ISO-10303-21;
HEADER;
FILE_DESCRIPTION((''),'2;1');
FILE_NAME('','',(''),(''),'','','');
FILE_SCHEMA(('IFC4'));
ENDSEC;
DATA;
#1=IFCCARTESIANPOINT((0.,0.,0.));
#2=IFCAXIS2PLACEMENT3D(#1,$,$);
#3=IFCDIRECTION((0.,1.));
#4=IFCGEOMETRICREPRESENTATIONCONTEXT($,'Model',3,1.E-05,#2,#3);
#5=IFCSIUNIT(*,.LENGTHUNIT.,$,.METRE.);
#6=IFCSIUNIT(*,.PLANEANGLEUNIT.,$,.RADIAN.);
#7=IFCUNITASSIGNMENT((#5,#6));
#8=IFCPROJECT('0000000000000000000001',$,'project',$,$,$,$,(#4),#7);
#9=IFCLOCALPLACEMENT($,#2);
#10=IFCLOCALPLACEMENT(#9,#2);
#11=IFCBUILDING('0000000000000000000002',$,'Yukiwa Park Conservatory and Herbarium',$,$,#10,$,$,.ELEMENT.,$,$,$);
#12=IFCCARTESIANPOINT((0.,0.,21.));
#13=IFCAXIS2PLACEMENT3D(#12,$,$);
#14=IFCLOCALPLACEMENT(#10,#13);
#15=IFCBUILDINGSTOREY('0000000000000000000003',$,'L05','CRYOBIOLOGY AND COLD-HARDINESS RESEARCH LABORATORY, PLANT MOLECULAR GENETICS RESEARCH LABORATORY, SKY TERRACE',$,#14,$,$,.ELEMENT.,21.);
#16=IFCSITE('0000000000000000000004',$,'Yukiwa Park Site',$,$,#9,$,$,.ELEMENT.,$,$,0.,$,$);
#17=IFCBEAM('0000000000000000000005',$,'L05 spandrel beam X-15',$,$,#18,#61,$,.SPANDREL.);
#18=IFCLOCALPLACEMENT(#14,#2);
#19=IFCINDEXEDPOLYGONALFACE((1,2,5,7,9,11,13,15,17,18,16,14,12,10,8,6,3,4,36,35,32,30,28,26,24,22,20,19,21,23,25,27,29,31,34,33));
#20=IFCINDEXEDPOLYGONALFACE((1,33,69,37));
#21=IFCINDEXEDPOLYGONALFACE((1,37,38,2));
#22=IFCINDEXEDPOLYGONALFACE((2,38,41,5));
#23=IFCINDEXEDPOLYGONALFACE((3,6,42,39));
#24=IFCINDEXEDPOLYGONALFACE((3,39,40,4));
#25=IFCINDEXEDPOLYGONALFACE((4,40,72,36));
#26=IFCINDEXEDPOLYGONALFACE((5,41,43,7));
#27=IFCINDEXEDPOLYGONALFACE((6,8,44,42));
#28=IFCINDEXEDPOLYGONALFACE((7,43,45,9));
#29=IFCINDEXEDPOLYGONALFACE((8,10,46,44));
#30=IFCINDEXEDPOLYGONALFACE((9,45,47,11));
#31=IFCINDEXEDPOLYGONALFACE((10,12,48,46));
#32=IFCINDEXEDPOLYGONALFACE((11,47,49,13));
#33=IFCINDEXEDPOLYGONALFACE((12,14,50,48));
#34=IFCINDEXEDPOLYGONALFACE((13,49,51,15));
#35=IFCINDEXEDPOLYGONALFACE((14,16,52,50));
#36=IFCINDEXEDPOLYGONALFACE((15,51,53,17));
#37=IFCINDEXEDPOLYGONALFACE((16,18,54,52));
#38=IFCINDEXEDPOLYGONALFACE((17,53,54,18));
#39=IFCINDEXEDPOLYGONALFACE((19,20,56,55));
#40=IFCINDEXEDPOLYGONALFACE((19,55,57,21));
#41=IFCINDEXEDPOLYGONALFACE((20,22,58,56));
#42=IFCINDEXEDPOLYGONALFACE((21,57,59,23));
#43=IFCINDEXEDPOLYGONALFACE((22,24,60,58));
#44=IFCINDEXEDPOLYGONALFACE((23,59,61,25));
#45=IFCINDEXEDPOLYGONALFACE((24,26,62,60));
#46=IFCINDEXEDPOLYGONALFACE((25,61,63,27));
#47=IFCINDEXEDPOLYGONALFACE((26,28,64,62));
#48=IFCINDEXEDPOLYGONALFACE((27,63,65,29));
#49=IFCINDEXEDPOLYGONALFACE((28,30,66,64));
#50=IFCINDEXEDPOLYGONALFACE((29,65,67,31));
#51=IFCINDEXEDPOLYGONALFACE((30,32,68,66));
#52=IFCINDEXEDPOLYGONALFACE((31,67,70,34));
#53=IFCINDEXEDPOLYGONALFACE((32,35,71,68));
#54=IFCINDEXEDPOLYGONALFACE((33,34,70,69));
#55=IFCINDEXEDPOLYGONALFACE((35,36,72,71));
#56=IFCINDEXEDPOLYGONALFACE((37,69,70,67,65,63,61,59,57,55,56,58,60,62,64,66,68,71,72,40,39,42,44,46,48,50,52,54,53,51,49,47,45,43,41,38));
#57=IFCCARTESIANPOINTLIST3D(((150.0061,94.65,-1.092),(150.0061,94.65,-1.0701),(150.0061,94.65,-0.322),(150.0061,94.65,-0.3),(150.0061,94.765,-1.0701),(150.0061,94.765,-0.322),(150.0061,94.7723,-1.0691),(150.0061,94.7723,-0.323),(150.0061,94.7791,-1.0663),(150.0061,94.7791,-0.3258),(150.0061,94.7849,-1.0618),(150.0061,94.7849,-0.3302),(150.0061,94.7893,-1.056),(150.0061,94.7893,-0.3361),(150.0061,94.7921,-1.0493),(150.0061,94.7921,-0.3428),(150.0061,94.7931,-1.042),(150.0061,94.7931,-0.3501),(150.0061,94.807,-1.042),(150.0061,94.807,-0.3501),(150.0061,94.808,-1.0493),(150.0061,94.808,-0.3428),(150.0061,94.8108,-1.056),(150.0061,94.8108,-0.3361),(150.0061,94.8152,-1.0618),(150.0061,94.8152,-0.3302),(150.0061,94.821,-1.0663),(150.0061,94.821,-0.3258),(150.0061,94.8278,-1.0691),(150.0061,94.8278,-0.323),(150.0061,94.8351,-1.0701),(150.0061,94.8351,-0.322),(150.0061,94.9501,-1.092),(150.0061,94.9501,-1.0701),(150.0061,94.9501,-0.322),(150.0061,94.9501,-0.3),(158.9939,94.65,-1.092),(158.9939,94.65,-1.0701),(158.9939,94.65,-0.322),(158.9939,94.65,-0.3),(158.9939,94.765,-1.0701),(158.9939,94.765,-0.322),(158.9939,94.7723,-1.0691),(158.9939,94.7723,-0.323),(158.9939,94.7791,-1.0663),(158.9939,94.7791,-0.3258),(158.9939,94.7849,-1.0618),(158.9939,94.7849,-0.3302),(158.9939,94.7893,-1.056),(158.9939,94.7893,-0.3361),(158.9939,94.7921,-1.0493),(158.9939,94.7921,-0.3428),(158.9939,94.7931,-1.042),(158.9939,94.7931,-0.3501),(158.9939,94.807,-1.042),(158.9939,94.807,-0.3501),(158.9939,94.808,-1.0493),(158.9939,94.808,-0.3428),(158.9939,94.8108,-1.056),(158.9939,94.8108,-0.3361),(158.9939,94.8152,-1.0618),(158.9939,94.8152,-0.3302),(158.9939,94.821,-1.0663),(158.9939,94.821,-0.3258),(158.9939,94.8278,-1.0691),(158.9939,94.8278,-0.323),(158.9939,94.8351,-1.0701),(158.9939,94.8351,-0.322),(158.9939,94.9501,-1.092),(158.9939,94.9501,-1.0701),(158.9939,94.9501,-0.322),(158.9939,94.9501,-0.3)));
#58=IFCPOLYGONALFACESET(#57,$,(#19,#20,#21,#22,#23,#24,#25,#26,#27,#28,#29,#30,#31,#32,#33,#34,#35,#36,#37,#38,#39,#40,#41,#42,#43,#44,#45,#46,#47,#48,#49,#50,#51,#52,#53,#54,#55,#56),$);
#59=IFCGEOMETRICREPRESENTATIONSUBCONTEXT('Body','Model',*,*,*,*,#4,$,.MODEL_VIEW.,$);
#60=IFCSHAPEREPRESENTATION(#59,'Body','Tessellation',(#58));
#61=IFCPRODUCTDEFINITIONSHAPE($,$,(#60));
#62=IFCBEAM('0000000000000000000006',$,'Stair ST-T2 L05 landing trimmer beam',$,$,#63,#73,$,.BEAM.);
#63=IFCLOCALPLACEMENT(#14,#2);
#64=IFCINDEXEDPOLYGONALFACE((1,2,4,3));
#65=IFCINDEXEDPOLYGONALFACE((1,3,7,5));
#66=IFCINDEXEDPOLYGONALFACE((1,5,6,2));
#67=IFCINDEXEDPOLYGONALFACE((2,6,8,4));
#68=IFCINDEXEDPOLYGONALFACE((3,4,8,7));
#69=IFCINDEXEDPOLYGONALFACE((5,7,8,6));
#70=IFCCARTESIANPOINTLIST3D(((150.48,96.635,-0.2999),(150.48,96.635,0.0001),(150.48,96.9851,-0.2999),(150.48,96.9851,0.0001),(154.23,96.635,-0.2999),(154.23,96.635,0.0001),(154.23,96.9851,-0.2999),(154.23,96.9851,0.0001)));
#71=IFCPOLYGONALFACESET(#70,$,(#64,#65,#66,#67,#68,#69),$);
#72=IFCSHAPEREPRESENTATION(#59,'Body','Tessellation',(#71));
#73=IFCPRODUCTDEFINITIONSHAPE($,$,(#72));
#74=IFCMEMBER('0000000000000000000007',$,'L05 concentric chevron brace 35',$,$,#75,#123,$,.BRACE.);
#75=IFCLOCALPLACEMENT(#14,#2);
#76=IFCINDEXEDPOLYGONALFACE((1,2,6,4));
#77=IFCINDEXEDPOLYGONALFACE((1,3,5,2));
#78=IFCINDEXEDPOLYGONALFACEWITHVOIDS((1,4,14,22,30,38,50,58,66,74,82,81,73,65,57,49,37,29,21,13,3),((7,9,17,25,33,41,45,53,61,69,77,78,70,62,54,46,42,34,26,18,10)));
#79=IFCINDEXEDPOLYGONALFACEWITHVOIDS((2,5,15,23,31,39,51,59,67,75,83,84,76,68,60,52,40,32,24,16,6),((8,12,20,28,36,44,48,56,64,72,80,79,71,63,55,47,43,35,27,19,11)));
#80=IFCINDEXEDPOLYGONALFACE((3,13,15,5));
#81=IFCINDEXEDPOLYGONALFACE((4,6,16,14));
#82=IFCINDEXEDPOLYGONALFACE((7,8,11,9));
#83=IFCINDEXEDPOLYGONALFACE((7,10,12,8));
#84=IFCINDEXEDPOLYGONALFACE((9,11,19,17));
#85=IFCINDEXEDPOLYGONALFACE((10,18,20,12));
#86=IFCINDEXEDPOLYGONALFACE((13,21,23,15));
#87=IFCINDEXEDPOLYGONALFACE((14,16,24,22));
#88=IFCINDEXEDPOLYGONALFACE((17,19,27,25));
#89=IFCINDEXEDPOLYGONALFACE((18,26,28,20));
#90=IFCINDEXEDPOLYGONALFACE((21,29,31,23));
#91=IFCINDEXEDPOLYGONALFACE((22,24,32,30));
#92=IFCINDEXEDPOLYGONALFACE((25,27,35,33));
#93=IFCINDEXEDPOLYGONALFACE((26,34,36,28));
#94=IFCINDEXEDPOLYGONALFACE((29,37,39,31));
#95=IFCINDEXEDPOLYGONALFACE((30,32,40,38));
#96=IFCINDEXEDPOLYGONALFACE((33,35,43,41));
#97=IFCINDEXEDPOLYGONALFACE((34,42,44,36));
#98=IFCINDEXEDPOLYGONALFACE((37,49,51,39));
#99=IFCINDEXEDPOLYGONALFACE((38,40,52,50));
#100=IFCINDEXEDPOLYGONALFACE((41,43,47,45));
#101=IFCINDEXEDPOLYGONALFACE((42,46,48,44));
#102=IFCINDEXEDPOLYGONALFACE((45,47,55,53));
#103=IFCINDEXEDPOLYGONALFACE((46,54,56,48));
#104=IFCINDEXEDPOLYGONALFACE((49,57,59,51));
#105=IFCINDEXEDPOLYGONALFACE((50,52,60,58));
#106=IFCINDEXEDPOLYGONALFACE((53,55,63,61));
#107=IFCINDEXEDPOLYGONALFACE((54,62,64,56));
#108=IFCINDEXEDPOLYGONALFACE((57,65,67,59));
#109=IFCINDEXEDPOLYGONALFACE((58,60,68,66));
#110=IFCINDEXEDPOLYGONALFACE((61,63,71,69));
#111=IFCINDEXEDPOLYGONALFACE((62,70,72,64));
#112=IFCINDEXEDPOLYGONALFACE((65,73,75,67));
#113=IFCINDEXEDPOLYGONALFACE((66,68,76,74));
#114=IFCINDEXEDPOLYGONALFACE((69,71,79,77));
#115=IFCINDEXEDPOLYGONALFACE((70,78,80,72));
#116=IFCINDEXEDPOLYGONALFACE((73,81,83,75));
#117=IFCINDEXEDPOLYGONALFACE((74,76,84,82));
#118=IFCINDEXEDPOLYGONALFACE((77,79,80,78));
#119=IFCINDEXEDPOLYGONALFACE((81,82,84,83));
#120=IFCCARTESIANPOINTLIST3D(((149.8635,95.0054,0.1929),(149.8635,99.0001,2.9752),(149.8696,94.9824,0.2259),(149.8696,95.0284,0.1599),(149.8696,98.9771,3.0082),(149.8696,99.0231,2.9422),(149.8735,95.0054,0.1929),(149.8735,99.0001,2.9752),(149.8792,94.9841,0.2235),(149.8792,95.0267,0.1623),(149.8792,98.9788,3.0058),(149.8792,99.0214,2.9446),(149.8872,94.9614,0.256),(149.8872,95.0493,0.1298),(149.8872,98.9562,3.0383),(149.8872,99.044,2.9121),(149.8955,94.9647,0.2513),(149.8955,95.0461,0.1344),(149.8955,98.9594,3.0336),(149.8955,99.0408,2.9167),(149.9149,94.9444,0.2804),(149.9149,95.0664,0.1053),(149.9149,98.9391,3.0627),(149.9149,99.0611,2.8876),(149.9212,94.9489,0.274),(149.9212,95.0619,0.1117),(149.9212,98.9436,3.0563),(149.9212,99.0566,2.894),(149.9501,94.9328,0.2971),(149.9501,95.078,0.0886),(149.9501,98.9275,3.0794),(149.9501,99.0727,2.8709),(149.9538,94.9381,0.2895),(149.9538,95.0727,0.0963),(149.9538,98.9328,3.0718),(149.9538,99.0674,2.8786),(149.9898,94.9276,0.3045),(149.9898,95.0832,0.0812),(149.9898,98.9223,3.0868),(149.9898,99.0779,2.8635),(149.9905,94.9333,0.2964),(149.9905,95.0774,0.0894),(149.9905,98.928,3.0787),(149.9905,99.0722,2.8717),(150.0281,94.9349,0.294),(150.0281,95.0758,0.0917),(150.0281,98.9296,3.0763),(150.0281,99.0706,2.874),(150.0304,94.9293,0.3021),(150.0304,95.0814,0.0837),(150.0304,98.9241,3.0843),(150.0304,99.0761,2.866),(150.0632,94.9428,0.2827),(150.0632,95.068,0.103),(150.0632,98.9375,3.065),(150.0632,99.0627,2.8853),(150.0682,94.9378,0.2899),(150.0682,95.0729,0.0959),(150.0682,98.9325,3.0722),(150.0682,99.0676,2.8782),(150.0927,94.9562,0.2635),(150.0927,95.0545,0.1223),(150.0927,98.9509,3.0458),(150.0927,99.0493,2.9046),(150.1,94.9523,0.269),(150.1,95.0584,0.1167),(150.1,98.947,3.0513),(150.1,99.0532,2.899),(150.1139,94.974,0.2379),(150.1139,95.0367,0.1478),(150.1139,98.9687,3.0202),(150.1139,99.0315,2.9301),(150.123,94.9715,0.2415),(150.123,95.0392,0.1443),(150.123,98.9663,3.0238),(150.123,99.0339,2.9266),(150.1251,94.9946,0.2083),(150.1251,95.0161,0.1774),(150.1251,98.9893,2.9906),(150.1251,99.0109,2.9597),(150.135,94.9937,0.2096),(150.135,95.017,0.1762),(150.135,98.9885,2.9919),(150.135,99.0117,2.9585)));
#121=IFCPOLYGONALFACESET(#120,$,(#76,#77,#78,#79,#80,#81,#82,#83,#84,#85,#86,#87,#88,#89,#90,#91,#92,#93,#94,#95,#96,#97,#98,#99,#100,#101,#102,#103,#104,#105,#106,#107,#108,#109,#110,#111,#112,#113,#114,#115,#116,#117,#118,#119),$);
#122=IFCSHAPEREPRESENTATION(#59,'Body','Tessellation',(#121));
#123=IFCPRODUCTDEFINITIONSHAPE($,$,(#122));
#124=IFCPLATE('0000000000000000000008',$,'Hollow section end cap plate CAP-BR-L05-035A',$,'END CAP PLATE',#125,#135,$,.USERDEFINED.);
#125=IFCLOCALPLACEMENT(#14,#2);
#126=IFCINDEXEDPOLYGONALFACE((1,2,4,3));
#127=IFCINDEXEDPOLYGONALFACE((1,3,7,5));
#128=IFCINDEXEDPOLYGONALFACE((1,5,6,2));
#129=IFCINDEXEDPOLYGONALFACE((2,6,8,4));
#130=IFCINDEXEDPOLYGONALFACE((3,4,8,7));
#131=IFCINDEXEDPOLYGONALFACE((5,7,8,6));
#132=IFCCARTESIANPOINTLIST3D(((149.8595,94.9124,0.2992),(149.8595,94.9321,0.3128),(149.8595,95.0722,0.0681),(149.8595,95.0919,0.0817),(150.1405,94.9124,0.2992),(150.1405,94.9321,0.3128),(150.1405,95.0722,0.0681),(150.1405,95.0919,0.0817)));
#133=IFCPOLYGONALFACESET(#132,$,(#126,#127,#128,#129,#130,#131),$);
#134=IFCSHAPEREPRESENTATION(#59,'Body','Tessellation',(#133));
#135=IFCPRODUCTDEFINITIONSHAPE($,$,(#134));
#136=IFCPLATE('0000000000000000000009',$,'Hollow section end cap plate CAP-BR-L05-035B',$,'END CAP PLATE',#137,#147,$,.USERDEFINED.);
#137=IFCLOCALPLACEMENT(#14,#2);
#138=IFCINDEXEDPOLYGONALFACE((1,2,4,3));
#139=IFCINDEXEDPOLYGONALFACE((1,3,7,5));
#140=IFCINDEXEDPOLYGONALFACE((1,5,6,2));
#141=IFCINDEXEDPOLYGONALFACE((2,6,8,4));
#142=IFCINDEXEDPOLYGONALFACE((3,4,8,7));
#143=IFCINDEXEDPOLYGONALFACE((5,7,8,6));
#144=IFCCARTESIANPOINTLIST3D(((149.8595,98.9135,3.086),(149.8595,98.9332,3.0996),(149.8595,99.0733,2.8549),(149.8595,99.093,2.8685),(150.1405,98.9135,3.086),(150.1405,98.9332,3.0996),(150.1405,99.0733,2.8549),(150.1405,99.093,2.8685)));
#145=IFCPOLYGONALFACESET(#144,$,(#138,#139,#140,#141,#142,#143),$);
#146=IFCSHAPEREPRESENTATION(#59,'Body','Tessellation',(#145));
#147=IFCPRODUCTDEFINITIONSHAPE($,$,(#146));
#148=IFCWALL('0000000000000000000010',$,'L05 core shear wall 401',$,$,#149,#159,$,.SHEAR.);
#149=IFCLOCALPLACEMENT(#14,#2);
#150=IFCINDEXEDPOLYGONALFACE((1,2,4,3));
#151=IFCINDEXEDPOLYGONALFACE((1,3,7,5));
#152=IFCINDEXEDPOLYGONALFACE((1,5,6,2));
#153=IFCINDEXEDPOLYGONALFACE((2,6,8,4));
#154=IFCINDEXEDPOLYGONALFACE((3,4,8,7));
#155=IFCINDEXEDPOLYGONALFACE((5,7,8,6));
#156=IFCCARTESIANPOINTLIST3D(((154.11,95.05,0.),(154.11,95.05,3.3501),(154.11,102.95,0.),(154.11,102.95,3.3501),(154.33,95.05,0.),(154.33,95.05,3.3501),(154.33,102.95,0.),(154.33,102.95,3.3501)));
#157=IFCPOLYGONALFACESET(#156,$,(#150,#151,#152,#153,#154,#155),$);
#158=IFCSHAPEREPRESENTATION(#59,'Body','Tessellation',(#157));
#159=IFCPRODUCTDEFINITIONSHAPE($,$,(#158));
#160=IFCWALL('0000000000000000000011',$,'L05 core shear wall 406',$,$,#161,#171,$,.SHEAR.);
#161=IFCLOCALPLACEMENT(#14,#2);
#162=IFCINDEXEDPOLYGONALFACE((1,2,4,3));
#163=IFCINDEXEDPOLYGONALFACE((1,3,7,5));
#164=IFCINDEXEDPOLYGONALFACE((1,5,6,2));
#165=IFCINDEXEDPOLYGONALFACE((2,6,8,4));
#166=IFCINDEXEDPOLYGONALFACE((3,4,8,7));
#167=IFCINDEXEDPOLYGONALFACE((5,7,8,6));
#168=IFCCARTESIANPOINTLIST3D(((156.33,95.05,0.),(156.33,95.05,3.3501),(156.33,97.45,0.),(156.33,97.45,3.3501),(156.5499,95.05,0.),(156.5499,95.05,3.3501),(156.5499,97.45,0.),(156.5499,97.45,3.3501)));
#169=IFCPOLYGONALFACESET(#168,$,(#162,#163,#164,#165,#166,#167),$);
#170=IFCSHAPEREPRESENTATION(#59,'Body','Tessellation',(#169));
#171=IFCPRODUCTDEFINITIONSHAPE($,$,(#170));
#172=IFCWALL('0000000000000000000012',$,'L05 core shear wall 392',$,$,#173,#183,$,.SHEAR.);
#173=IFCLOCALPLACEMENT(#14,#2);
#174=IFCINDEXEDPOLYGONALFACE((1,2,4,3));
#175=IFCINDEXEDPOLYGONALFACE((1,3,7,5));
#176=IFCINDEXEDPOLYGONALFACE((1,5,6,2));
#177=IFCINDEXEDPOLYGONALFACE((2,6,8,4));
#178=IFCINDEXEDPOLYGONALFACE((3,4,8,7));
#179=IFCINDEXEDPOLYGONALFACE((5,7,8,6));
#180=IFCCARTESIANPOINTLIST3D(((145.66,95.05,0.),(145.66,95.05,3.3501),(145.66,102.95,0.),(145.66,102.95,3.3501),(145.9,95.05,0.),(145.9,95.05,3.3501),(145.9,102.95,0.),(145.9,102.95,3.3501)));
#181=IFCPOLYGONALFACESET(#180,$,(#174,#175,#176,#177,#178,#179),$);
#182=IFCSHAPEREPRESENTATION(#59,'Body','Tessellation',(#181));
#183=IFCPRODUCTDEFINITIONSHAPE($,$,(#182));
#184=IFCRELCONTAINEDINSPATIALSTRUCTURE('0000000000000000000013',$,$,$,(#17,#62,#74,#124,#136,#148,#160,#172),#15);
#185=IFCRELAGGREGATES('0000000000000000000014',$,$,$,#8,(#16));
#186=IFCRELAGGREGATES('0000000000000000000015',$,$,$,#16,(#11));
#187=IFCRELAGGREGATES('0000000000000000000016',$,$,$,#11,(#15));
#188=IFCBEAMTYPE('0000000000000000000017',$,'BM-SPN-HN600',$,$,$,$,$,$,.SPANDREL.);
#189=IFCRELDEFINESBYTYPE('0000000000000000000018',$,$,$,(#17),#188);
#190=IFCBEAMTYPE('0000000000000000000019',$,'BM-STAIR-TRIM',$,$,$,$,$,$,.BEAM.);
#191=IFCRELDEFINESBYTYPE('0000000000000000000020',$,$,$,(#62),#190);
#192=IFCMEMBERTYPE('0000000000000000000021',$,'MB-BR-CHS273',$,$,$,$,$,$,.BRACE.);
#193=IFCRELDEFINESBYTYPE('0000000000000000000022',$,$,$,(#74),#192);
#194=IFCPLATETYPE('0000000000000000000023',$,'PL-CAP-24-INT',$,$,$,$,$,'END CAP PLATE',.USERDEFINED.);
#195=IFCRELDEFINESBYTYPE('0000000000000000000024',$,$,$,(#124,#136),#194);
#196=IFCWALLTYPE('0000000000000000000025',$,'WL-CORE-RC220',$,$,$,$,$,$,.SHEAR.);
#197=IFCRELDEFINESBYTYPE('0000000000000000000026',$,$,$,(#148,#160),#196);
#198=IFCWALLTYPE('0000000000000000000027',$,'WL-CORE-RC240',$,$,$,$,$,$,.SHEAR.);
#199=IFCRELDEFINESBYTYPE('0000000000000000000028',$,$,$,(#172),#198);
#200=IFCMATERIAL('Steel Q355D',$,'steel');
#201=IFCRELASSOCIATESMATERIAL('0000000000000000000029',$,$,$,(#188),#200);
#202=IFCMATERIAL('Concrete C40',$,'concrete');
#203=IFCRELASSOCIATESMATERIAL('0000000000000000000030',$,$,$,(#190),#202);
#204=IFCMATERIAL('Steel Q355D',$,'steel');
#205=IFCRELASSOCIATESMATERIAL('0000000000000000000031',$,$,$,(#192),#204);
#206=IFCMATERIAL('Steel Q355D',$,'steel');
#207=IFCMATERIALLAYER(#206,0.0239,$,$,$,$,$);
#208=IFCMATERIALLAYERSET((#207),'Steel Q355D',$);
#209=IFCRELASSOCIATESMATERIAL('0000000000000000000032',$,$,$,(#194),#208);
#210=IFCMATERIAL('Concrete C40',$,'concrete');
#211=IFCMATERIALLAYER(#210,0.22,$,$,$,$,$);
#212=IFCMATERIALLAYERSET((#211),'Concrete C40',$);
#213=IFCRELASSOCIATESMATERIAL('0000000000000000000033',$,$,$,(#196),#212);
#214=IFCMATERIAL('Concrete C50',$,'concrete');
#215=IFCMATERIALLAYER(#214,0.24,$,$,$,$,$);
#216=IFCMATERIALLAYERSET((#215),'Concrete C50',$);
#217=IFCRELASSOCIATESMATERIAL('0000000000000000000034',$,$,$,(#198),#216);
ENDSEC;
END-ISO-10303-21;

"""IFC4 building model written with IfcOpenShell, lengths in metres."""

from ifc_helpers import new_model, si_unit, direction, frame, frame_2d, origin, origin_2d, place, context, subcontext, project, spatial, rectangle, hollow_circle, i_section, extrude, material, layer, layer_set, material_profile, profile_set, type_object, element, save


model = new_model("IFC4")

# Units and contexts
model_context = context("Model", 3, precision=1e-05, world=origin(), true_north=direction((0.0, 1.0)))
body_context = subcontext(model_context, "Body", "Model", "MODEL_VIEW")
ifc_project = project(units=[si_unit("LENGTHUNIT", "METRE"), si_unit("PLANEANGLEUNIT", "RADIAN")], contexts=[model_context])

# Site, building, storey
site_placement = place(None, origin())
site = spatial("IfcSite", under=ifc_project, at=site_placement, Name="Yukiwa Park Site", CompositionType="ELEMENT", RefElevation=0.0)
building_placement = place(site_placement, origin())
building = spatial("IfcBuilding", under=site, at=building_placement, Name="Yukiwa Park Conservatory and Herbarium", CompositionType="ELEMENT")
storey_placement = place(building_placement, frame((0.0, 0.0, 21.0)))
storey = spatial("IfcBuildingStorey", under=building, at=storey_placement, Name="L05", Description="CRYOBIOLOGY AND COLD-HARDINESS RESEARCH LABORATORY, PLANT MOLECULAR GENETICS RESEARCH LABORATORY, SKY TERRACE", CompositionType="ELEMENT", Elevation=21.0)

# Beams
ifc_material_1 = material(Name="Steel Q355D", Category="steel")
ifc_material_profile_1 = material_profile(ifc_material_1, i_section(OverallWidth=0.3, OverallDepth=0.792, WebThickness=0.0139, FlangeThickness=0.022, FilletRadius=0.0281, at=origin_2d()), Name="HN 792x300x14x22")
ifc_profile_set_1 = profile_set([ifc_material_profile_1], Name="Steel Q355D")
beam_type_1 = type_object("IfcBeamType", Name="BM-SPN-HN600", PredefinedType="SPANDREL", material=ifc_profile_set_1)
beam_1_placement = place(storey_placement, frame((150.0061, 94.8, -0.696), z_axis=(1.0, 0.0, 0.0), x_axis=(0.0, 1.0, 0.0)))
element("IfcBeam", 1, at=beam_1_placement, inside=storey, type_object=beam_type_1, Name="L05 spandrel beam X-15", PredefinedType="SPANDREL", context=body_context, shape_type="SweptSolid", body=[
    extrude(i_section(OverallWidth=0.3, OverallDepth=0.792, WebThickness=0.0139, FlangeThickness=0.022, FilletRadius=0.0281, at=origin_2d()), origin(), (0.0, 0.0, 1.0), 8.9878),
])
ifc_material_2 = material(Name="Concrete C40", Category="concrete")
ifc_material_profile_2 = material_profile(ifc_material_2, rectangle(XDim=0.3501, YDim=0.3, at=origin_2d()), Name="RC 350x300")
ifc_profile_set_2 = profile_set([ifc_material_profile_2], Name="Concrete C40")
beam_type_2 = type_object("IfcBeamType", Name="BM-STAIR-TRIM", PredefinedType="BEAM", material=ifc_profile_set_2)
beam_2_placement = place(storey_placement, frame((150.48, 96.8101, -0.1499), z_axis=(1.0, 0.0, 0.0), x_axis=(0.0, 1.0, 0.0)))
element("IfcBeam", 2, at=beam_2_placement, inside=storey, type_object=beam_type_2, Name="Stair ST-T2 L05 landing trimmer beam", PredefinedType="BEAM", context=body_context, shape_type="SweptSolid", body=[
    extrude(rectangle(XDim=0.3501, YDim=0.3, at=origin_2d()), origin(), (0.0, 0.0, 1.0), 3.75),
])

# Member
ifc_material_3 = material(Name="Steel Q355D", Category="steel")
ifc_material_profile_3 = material_profile(ifc_material_3, hollow_circle(Radius=0.1365, WallThickness=0.01, at=origin_2d()), Name="CHS 273x10")
ifc_profile_set_3 = profile_set([ifc_material_profile_3], Name="Steel Q355D")
member_type = type_object("IfcMemberType", Name="MB-BR-CHS273", PredefinedType="BRACE", material=ifc_profile_set_3)
member_placement = place(storey_placement, frame((150.0, 95.0054, 0.1929), z_axis=(0.0, 0.820582, 0.571529), x_axis=(-1.0, 0.0, 0.0)))
element("IfcMember", 3, at=member_placement, inside=storey, type_object=member_type, Name="L05 concentric chevron brace 35", PredefinedType="BRACE", context=body_context, shape_type="SweptSolid", body=[
    extrude(hollow_circle(Radius=0.1365, WallThickness=0.01, at=origin_2d()), origin(), (0.0, 0.0, 1.0), 4.8682),
])

# Plates
ifc_material_4 = material(Name="Steel Q355D", Category="steel")
ifc_layer_1 = layer(ifc_material_4, 0.0239)
ifc_layer_set_1 = layer_set([ifc_layer_1], Name="Steel Q355D")
plate_type = type_object("IfcPlateType", Name="PL-CAP-24-INT", ElementType="END CAP PLATE", PredefinedType="USERDEFINED", material=ifc_layer_set_1)
for number, where, z_axis, x_axis, name in (
    (4, (150.0, 95.012, 0.1973), (0.0, -0.822558, -0.568682), (1.0, 0.0, 0.0), "Hollow section end cap plate CAP-BR-L05-035A"),
    (5, (150.0, 98.9934, 2.9705), (0.0, 0.822558, 0.568682), (-1.0, 0.0, 0.0), "Hollow section end cap plate CAP-BR-L05-035B"),
):
    element("IfcPlate", number, at=place(storey_placement, frame(where, z_axis=z_axis, x_axis=x_axis)), inside=storey, type_object=plate_type, Name=name, ObjectType="END CAP PLATE", PredefinedType="USERDEFINED", context=body_context, shape_type="SweptSolid", body=[
        extrude(rectangle(XDim=0.281, YDim=0.281, at=origin_2d()), origin(), (0.0, 0.0, 1.0), 0.0239),
    ])

# Walls
ifc_material_5 = material(Name="Concrete C40", Category="concrete")
ifc_layer_2 = layer(ifc_material_5, 0.22)
ifc_layer_set_2 = layer_set([ifc_layer_2], Name="Concrete C40")
wall_type_1 = type_object("IfcWallType", Name="WL-CORE-RC220", PredefinedType="SHEAR", material=ifc_layer_set_2)
wall_1_placement = place(storey_placement, frame((154.22, 95.05, 0.0), z_axis=(0.0, 0.0, 1.0), x_axis=(0.0, 1.0, 0.0)))
element("IfcWall", 6, at=wall_1_placement, inside=storey, type_object=wall_type_1, Name="L05 core shear wall 401", PredefinedType="SHEAR", context=body_context, shape_type="SweptSolid", body=[
    extrude(rectangle(XDim=7.8999, YDim=0.22, at=frame_2d((3.95, 0.0))), origin(), (0.0, 0.0, 1.0), 3.3501),
])
wall_2_placement = place(storey_placement, frame((156.4399, 95.05, 0.0), z_axis=(0.0, 0.0, 1.0), x_axis=(0.0, 1.0, 0.0)))
element("IfcWall", 7, at=wall_2_placement, inside=storey, type_object=wall_type_1, Name="L05 core shear wall 406", PredefinedType="SHEAR", context=body_context, shape_type="SweptSolid", body=[
    extrude(rectangle(XDim=2.3999, YDim=0.22, at=frame_2d((1.2, 0.0))), origin(), (0.0, 0.0, 1.0), 3.3501),
])

# Wall
ifc_material_6 = material(Name="Concrete C50", Category="concrete")
ifc_layer_3 = layer(ifc_material_6, 0.24)
ifc_layer_set_3 = layer_set([ifc_layer_3], Name="Concrete C50")
wall_type_2 = type_object("IfcWallType", Name="WL-CORE-RC240", PredefinedType="SHEAR", material=ifc_layer_set_3)
wall_3_placement = place(storey_placement, frame((145.78, 95.05, 0.0), z_axis=(0.0, 0.0, 1.0), x_axis=(0.0, 1.0, 0.0)))
element("IfcWall", 8, at=wall_3_placement, inside=storey, type_object=wall_type_2, Name="L05 core shear wall 392", PredefinedType="SHEAR", context=body_context, shape_type="SweptSolid", body=[
    extrude(rectangle(XDim=7.8999, YDim=0.24, at=frame_2d((3.95, 0.0))), origin(), (0.0, 0.0, 1.0), 3.3501),
])

save(model, "model.ifc")
